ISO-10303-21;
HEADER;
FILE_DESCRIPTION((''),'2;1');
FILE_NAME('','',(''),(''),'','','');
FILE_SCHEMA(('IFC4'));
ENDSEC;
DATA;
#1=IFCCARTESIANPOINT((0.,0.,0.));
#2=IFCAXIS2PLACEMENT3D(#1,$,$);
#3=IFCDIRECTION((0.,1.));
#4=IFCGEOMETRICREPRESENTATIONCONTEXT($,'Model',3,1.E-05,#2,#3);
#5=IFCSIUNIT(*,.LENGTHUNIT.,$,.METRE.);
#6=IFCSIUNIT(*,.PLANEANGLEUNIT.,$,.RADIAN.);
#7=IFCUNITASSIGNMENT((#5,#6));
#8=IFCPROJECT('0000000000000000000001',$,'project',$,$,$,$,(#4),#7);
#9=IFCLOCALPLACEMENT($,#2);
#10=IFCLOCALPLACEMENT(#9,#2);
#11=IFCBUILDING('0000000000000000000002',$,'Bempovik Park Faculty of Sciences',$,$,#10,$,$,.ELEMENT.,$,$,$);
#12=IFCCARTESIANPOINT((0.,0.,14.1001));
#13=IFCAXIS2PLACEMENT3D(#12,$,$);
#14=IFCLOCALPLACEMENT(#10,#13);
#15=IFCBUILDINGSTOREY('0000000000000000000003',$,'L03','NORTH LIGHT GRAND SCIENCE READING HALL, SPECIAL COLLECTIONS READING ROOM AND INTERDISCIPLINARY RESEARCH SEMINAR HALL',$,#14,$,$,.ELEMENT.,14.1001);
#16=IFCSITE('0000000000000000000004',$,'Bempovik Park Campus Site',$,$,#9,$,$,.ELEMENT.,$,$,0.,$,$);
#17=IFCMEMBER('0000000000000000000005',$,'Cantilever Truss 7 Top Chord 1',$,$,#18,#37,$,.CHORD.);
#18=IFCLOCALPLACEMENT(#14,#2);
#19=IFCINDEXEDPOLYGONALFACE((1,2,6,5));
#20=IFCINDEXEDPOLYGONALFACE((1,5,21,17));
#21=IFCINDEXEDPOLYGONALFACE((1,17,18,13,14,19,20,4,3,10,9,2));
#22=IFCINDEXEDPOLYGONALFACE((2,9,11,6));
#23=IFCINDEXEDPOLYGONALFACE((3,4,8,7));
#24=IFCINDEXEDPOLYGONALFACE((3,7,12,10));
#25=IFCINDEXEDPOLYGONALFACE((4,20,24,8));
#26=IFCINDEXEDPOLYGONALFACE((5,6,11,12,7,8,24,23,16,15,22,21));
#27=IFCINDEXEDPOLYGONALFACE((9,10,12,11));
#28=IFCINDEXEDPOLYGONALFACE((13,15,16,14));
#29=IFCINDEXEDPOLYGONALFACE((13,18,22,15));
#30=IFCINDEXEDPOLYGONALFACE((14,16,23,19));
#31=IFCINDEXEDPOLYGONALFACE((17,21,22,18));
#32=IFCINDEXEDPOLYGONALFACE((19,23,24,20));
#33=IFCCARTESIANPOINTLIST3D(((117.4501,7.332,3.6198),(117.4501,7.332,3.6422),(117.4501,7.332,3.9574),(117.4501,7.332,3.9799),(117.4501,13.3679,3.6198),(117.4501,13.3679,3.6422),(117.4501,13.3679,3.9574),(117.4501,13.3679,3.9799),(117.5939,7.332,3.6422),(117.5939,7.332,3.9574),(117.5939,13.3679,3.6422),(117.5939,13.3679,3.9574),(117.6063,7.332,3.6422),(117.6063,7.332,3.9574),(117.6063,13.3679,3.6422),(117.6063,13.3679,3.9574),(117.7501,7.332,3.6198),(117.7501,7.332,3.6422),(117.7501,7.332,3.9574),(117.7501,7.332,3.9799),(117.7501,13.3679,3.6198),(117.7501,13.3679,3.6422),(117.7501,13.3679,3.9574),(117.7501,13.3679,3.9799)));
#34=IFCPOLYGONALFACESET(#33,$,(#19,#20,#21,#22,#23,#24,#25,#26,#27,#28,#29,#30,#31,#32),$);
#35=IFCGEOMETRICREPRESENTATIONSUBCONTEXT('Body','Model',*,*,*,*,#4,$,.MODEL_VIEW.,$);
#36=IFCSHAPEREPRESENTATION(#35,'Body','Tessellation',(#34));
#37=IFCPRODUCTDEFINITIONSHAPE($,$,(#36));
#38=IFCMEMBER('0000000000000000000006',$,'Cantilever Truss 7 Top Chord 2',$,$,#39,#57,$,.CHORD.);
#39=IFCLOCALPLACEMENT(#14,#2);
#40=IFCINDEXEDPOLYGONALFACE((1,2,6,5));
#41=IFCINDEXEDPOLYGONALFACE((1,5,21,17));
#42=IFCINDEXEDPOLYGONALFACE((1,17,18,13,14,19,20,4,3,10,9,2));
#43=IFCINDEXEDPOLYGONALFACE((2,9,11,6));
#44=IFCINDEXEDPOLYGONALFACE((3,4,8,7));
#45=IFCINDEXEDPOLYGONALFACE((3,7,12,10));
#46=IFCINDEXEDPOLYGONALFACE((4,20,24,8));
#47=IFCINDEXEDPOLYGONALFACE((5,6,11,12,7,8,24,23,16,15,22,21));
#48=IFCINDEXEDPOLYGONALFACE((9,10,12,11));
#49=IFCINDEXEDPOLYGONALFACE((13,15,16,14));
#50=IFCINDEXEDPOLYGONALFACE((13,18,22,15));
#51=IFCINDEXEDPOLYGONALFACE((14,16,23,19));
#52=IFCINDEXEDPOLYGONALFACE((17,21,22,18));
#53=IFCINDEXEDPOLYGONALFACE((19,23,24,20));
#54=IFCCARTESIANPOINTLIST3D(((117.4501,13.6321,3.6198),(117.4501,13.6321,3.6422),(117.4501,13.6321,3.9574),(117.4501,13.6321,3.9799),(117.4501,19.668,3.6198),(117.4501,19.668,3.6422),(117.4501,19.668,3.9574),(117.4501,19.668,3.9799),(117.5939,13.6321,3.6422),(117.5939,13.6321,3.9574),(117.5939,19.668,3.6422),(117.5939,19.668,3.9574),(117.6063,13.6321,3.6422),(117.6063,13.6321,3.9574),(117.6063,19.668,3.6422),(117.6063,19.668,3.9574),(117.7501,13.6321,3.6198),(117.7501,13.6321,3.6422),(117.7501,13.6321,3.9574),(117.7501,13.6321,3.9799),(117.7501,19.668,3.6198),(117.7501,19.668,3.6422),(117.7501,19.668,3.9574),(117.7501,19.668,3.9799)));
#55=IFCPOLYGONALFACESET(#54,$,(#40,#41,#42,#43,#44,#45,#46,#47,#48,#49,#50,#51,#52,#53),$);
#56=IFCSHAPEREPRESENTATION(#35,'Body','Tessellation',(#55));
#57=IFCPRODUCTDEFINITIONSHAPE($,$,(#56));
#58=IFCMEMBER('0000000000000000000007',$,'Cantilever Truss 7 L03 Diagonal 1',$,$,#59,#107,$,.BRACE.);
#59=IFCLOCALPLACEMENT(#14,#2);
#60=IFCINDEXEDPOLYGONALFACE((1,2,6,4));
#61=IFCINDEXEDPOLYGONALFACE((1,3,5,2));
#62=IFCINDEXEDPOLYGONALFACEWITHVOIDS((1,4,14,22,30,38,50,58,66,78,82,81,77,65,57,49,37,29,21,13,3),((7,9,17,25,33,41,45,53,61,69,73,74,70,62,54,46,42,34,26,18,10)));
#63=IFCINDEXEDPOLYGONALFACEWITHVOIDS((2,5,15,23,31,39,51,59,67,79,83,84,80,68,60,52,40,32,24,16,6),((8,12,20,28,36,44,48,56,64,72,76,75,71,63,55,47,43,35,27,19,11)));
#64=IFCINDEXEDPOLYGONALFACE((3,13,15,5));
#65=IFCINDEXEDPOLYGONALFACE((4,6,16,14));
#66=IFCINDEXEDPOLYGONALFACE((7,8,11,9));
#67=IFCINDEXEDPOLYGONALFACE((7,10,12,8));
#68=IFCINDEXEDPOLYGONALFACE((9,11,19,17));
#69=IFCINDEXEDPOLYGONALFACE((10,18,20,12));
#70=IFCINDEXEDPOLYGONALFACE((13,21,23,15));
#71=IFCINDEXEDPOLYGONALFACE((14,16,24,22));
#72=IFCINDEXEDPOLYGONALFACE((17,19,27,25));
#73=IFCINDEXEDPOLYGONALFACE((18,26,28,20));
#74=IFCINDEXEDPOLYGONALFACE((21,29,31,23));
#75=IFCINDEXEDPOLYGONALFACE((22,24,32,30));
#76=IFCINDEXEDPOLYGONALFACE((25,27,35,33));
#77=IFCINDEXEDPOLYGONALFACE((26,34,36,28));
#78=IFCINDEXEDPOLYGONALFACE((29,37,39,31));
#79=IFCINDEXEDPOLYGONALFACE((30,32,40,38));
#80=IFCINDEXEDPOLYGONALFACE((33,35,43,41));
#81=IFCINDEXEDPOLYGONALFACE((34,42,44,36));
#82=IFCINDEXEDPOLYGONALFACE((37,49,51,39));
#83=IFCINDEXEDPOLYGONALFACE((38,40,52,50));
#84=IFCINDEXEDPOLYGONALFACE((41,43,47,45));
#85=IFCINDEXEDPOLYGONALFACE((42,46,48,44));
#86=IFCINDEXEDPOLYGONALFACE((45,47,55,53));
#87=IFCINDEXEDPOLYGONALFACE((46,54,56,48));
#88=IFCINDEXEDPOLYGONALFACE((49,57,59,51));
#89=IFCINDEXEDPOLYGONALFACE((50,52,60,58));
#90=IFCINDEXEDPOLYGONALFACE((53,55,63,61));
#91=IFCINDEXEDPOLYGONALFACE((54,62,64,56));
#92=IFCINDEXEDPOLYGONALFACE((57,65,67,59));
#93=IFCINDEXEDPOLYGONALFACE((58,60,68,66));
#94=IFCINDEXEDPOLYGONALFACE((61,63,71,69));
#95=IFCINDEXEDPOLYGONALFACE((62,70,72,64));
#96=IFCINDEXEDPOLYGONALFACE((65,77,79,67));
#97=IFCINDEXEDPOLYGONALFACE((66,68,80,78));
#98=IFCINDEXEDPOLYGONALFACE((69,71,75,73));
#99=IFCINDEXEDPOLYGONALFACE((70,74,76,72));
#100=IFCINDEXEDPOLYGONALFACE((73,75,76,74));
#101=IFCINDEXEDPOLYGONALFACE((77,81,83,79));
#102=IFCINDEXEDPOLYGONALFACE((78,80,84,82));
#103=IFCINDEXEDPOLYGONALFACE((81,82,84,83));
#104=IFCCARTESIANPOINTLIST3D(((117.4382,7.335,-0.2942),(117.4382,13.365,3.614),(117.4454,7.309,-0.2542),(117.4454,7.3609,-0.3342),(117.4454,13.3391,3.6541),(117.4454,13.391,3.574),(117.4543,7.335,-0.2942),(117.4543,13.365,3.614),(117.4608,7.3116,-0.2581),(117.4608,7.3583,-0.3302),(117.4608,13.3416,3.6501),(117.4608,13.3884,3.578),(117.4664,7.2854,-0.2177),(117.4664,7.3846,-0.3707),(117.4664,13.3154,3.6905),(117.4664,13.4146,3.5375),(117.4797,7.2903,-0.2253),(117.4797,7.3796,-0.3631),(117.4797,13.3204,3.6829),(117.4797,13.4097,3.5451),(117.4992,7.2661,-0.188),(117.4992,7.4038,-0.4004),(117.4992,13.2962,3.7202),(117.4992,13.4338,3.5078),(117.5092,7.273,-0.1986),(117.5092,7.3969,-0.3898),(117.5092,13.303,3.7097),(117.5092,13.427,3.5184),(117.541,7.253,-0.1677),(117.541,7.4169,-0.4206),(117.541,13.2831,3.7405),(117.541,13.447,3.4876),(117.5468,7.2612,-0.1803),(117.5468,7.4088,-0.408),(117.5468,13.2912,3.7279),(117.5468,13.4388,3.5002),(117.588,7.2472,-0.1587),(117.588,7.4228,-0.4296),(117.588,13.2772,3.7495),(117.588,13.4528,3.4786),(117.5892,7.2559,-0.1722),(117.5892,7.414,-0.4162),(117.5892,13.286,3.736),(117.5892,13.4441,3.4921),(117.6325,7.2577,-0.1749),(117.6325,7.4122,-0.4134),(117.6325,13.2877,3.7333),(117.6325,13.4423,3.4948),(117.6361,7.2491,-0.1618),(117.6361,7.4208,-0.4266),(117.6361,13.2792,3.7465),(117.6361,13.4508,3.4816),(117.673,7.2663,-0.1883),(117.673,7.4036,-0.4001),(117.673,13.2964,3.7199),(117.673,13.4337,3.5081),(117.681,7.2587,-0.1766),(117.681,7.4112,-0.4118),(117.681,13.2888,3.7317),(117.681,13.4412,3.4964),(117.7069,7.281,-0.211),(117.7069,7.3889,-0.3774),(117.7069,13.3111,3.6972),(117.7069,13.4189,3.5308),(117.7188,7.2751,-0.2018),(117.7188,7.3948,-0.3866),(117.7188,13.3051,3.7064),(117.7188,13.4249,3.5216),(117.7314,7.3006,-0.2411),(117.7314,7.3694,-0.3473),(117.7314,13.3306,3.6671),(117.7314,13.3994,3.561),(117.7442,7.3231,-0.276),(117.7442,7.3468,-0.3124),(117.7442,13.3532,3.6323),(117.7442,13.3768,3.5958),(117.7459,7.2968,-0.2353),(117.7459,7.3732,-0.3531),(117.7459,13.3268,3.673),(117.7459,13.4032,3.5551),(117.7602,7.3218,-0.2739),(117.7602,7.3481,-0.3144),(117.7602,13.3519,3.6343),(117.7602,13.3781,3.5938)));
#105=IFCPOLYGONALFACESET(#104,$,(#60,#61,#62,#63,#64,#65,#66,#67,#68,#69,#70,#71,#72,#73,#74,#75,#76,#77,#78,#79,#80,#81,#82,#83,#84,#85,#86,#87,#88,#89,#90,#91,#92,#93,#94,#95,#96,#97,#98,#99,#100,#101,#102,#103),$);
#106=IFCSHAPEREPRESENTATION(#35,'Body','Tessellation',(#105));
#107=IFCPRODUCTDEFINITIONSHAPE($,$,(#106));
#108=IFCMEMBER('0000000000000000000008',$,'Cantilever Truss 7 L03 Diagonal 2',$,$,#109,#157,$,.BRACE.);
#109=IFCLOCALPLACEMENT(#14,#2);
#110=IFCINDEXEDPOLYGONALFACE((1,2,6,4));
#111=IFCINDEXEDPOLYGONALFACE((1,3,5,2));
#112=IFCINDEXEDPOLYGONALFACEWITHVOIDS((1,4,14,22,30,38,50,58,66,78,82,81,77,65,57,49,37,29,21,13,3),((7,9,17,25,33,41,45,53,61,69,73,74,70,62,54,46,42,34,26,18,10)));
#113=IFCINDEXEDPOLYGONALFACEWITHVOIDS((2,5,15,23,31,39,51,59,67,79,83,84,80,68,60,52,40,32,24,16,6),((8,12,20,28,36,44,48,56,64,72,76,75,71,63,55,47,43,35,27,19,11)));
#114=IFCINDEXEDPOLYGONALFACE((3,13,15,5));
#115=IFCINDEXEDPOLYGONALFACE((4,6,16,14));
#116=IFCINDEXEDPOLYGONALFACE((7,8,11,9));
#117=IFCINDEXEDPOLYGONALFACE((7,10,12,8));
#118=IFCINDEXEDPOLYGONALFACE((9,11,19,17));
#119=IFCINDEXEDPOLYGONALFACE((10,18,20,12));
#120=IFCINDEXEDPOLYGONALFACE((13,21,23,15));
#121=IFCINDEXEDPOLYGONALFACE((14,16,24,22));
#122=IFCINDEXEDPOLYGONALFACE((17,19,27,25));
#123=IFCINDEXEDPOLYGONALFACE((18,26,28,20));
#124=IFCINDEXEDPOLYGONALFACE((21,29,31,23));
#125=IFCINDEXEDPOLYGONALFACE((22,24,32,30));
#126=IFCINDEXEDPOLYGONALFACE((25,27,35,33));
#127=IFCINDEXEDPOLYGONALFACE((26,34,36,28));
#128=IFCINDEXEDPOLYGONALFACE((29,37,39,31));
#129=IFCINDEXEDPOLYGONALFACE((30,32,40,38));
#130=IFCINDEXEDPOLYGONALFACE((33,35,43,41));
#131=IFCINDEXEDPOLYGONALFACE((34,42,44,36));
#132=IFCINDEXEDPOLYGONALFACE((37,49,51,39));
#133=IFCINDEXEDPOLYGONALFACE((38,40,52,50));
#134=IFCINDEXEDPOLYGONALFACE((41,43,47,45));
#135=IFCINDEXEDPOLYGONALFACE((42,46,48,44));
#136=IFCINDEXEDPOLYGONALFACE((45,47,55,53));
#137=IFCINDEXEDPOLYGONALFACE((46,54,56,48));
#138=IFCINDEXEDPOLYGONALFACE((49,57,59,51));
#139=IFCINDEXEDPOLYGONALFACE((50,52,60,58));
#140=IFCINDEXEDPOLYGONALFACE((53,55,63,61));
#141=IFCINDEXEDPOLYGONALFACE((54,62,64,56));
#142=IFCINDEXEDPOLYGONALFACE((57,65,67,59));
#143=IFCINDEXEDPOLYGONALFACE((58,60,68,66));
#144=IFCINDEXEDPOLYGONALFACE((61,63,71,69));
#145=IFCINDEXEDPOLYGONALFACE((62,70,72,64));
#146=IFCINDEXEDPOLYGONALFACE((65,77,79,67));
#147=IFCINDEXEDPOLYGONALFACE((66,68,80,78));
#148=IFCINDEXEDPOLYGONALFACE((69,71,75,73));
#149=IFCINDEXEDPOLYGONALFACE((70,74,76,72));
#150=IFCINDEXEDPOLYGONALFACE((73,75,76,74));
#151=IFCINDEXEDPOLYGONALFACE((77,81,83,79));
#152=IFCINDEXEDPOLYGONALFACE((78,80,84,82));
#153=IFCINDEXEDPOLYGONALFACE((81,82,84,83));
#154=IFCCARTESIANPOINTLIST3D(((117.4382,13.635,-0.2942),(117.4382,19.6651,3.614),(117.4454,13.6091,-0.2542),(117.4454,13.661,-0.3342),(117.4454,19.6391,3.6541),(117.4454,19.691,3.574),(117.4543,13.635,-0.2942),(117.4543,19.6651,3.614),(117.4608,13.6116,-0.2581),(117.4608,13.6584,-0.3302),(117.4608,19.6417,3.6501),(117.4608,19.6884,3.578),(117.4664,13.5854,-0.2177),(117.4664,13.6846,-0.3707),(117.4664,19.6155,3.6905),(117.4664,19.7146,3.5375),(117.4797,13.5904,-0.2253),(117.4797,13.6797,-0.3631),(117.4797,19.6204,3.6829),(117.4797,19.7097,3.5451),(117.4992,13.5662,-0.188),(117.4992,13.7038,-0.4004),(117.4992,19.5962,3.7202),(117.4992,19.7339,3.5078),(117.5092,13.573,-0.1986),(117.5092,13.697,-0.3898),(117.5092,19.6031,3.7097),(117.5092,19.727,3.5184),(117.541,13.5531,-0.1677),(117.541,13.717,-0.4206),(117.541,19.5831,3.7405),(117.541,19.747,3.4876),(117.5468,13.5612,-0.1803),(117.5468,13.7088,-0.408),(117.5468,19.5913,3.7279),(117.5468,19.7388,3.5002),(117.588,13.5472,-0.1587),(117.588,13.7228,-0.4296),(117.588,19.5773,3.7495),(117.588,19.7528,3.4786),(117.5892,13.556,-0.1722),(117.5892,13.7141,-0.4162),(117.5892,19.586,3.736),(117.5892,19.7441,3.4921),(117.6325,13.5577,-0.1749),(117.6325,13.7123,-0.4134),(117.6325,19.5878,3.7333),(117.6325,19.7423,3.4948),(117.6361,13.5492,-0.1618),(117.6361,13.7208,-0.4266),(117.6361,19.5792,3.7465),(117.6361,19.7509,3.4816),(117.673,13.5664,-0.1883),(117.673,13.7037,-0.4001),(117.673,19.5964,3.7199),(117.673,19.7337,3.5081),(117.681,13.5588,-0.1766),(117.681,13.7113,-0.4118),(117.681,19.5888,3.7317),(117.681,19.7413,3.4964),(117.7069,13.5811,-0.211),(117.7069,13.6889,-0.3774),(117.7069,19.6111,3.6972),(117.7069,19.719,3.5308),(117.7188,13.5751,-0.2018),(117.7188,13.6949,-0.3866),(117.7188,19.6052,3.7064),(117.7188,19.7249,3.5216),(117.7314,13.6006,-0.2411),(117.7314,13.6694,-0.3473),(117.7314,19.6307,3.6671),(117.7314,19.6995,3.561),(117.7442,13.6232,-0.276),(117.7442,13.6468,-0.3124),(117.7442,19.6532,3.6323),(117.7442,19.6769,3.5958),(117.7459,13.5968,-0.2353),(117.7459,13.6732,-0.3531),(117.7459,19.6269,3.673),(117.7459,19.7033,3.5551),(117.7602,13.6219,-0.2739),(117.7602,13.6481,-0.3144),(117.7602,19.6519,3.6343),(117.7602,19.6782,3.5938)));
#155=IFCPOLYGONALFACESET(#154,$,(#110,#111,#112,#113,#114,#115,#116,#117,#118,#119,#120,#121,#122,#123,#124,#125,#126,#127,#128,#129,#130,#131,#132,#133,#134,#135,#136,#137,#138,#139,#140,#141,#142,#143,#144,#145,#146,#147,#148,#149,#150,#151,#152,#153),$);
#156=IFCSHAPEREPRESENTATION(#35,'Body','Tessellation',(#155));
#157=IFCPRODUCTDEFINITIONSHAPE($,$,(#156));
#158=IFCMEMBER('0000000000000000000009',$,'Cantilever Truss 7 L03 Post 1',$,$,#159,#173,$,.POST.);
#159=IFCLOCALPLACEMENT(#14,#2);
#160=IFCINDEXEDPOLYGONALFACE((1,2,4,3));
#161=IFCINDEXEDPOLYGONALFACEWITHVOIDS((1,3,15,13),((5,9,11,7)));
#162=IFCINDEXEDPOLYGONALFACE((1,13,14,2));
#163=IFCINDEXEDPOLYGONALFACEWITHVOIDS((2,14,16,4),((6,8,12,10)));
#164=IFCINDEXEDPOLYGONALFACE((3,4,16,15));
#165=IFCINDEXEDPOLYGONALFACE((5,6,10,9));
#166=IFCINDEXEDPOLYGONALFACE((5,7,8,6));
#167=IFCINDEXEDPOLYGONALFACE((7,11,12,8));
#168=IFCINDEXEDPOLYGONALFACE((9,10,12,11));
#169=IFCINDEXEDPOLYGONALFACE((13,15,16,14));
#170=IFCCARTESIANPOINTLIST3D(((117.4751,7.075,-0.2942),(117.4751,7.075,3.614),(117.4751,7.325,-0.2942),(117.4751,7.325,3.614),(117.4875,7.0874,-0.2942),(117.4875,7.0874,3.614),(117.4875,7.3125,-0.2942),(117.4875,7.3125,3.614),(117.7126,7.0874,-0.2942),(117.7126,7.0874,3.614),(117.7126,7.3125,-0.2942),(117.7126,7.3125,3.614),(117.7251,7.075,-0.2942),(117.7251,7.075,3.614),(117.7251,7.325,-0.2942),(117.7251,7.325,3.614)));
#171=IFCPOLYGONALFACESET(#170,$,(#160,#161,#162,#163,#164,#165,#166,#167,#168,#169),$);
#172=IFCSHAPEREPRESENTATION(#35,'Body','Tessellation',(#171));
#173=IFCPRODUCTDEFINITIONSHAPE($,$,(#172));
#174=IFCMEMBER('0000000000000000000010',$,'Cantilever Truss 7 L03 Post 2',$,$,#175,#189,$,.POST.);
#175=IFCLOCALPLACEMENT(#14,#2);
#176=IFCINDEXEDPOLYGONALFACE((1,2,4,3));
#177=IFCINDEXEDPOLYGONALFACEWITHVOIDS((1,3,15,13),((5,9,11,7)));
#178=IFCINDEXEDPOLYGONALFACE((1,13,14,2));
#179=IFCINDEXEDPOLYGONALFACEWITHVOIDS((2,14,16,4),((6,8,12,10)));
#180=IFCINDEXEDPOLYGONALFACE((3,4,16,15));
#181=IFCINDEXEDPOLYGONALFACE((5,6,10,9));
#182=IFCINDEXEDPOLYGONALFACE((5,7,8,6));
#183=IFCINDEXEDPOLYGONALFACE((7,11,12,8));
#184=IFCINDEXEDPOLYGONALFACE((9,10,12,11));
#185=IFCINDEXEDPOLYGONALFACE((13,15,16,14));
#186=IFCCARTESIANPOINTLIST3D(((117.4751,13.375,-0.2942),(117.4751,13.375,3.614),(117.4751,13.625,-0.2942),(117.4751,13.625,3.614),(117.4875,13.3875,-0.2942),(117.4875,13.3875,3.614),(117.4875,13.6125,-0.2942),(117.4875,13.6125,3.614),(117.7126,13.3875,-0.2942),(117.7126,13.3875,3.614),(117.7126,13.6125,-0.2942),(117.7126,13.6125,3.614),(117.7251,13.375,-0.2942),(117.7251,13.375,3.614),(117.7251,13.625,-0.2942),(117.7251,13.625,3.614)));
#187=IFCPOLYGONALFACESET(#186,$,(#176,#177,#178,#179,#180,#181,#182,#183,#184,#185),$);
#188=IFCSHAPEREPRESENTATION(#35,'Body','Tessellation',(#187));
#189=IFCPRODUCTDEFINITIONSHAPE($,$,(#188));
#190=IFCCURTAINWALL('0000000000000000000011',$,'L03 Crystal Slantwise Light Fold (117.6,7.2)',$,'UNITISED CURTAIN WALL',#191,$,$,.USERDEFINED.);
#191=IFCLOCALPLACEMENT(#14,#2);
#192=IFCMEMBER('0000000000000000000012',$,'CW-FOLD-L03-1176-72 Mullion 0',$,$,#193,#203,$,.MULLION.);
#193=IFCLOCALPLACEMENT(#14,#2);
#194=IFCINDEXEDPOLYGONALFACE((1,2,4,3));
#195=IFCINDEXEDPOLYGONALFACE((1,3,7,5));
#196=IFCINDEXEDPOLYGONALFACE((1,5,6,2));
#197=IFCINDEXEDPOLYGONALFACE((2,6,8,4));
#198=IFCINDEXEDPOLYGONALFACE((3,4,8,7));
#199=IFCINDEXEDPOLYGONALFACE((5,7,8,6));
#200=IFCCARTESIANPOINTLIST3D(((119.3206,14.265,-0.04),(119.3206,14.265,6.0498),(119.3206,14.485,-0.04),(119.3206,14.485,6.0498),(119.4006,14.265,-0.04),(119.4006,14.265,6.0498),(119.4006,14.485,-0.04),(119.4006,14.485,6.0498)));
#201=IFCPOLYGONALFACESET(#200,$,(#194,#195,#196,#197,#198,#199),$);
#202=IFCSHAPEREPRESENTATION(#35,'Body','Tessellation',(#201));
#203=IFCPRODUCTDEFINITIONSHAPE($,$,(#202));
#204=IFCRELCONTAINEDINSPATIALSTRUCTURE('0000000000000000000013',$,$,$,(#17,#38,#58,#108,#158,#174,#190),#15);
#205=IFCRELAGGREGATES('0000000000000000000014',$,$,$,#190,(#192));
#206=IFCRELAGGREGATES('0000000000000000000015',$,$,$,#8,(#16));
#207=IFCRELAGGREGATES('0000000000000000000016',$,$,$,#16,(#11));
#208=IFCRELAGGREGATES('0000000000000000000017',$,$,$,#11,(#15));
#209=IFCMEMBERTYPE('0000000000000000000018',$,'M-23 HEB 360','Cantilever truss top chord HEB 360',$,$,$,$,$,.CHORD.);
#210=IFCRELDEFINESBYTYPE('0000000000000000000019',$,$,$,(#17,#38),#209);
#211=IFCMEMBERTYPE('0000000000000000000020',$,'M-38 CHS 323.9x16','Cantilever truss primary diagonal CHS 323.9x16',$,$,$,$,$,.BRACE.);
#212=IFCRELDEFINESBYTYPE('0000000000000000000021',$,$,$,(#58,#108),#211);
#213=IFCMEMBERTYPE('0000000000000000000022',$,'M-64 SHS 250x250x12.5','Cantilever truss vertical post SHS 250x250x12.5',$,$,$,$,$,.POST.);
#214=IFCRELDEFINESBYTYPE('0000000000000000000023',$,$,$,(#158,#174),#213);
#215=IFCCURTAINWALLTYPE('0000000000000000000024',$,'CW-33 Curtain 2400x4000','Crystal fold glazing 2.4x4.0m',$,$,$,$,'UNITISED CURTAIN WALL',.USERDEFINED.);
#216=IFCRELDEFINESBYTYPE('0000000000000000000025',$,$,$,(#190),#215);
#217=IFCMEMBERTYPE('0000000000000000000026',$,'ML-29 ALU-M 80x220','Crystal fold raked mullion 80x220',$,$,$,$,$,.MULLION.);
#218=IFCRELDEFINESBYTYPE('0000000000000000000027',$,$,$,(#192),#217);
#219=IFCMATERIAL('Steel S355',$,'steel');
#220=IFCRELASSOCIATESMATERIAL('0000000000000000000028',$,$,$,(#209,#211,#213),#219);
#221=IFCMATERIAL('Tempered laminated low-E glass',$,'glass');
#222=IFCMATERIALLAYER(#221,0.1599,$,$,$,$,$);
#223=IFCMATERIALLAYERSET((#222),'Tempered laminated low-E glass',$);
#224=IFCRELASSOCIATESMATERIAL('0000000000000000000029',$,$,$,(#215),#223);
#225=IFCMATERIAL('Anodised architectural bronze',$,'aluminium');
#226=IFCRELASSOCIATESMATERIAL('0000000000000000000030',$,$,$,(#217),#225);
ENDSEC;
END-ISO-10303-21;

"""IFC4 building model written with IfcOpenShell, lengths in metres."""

from ifc_helpers import new_model, si_unit, direction, frame, origin, origin_2d, place, context, subcontext, project, spatial, rectangle, hollow_rectangle, hollow_circle, i_section, extrude, material, layer, layer_set, material_profile, profile_set, type_object, element, aggregate, save


model = new_model("IFC4")

# Units and contexts
model_context = context("Model", 3, precision=1e-05, world=origin(), true_north=direction((0.0, 1.0)))
body_context = subcontext(model_context, "Body", "Model", "MODEL_VIEW")
ifc_project = project(units=[si_unit("LENGTHUNIT", "METRE"), si_unit("PLANEANGLEUNIT", "RADIAN")], contexts=[model_context])

# Site, building, storey
site_placement = place(None, origin())
site = spatial("IfcSite", under=ifc_project, at=site_placement, Name="Bempovik Park Campus Site", CompositionType="ELEMENT", RefElevation=0.0)
building_placement = place(site_placement, origin())
building = spatial("IfcBuilding", under=site, at=building_placement, Name="Bempovik Park Faculty of Sciences", CompositionType="ELEMENT")
storey_placement = place(building_placement, frame((0.0, 0.0, 14.1001)))
storey = spatial("IfcBuildingStorey", under=building, at=storey_placement, Name="L03", Description="NORTH LIGHT GRAND SCIENCE READING HALL, SPECIAL COLLECTIONS READING ROOM AND INTERDISCIPLINARY RESEARCH SEMINAR HALL", CompositionType="ELEMENT", Elevation=14.1001)

# Members
ifc_material_1 = material(Name="Steel S355", Category="steel")
ifc_material_profile_1 = material_profile(ifc_material_1, i_section(OverallWidth=0.3, OverallDepth=0.3601, WebThickness=0.0125, FlangeThickness=0.0225, at=origin_2d()), Name="HEB 360")
ifc_profile_set_1 = profile_set([ifc_material_profile_1], Name="Steel S355")
member_type_1 = type_object("IfcMemberType", Name="M-23 HEB 360", Description="Cantilever truss top chord HEB 360", PredefinedType="CHORD", material=ifc_profile_set_1)
for number, where, z_axis, x_axis, name in (
    (1, (117.6001, 7.332, 3.7998), (0.0, 1.0, 0.0), (-1.0, 0.0, 0.0), "Cantilever Truss 7 Top Chord 1"),
    (2, (117.6001, 13.6321, 3.7998), (0.0, 1.0, 0.0), (-1.0, 0.0, 0.0), "Cantilever Truss 7 Top Chord 2"),
):
    element("IfcMember", number, at=place(storey_placement, frame(where, z_axis=z_axis, x_axis=x_axis)), inside=storey, type_object=member_type_1, Name=name, PredefinedType="CHORD", context=body_context, shape_type="SweptSolid", body=[
        extrude(i_section(OverallWidth=0.3, OverallDepth=0.3601, WebThickness=0.0125, FlangeThickness=0.0225, at=origin_2d()), origin(), (0.0, 0.0, 1.0), 6.0359),
    ])
ifc_material_profile_2 = material_profile(ifc_material_1, hollow_circle(Radius=0.1619, WallThickness=0.0161, at=origin_2d()), Name="CHS 323.9x16")
ifc_profile_set_2 = profile_set([ifc_material_profile_2], Name="Steel S355")
member_type_2 = type_object("IfcMemberType", Name="M-38 CHS 323.9x16", Description="Cantilever truss primary diagonal CHS 323.9x16", PredefinedType="BRACE", material=ifc_profile_set_2)
for number, where, z_axis, x_axis, name in (
    (3, (117.6001, 7.335, -0.2942), (0.0, 0.839162, 0.543881), (-1.0, 0.0, 0.0), "Cantilever Truss 7 L03 Diagonal 1"),
    (4, (117.6001, 13.635, -0.2942), (0.0, 0.839162, 0.543881), (-1.0, 0.0, 0.0), "Cantilever Truss 7 L03 Diagonal 2"),
):
    element("IfcMember", number, at=place(storey_placement, frame(where, z_axis=z_axis, x_axis=x_axis)), inside=storey, type_object=member_type_2, Name=name, PredefinedType="BRACE", context=body_context, shape_type="SweptSolid", body=[
        extrude(hollow_circle(Radius=0.1619, WallThickness=0.0161, at=origin_2d()), origin(), (0.0, 0.0, 1.0), 7.1858),
    ])
ifc_material_profile_3 = material_profile(ifc_material_1, hollow_rectangle(XDim=0.25, YDim=0.25, WallThickness=0.0125, at=origin_2d()), Name="SHS 250x250x12.5")
ifc_profile_set_3 = profile_set([ifc_material_profile_3], Name="Steel S355")
member_type_3 = type_object("IfcMemberType", Name="M-64 SHS 250x250x12.5", Description="Cantilever truss vertical post SHS 250x250x12.5", PredefinedType="POST", material=ifc_profile_set_3)
for number, where, z_axis, x_axis, name in (
    (5, (117.6001, 7.2, -0.2942), (0.0, 0.0, 1.0), (1.0, 0.0, 0.0), "Cantilever Truss 7 L03 Post 1"),
    (6, (117.6001, 13.5, -0.2942), (0.0, 0.0, 1.0), (1.0, 0.0, 0.0), "Cantilever Truss 7 L03 Post 2"),
):
    element("IfcMember", number, at=place(storey_placement, frame(where, z_axis=z_axis, x_axis=x_axis)), inside=storey, type_object=member_type_3, Name=name, PredefinedType="POST", context=body_context, shape_type="SweptSolid", body=[
        extrude(hollow_rectangle(XDim=0.25, YDim=0.25, WallThickness=0.0125, at=origin_2d()), origin(), (0.0, 0.0, 1.0), 3.9082),
    ])

# Curtain wall, member
ifc_material_2 = material(Name="Tempered laminated low-E glass", Category="glass")
ifc_layer_1 = layer(ifc_material_2, 0.1599)
ifc_layer_set_1 = layer_set([ifc_layer_1], Name="Tempered laminated low-E glass")
curtain_wall_type = type_object("IfcCurtainWallType", Name="CW-33 Curtain 2400x4000", Description="Crystal fold glazing 2.4x4.0m", ElementType="UNITISED CURTAIN WALL", PredefinedType="USERDEFINED", material=ifc_layer_set_1)
curtain_wall_1_placement = place(storey_placement, origin())
curtain_wall_1 = element("IfcCurtainWall", 7, at=curtain_wall_1_placement, inside=storey, type_object=curtain_wall_type, Name="L03 Crystal Slantwise Light Fold (117.6,7.2)", ObjectType="UNITISED CURTAIN WALL", PredefinedType="USERDEFINED")
ifc_material_3 = material(Name="Anodised architectural bronze", Category="aluminium")
ifc_material_profile_4 = material_profile(ifc_material_3, rectangle(XDim=0.0801, YDim=0.22, at=origin_2d()), Name="ALU-M 80x220")
ifc_profile_set_4 = profile_set([ifc_material_profile_4], Name="Anodised architectural bronze")
member_type_4 = type_object("IfcMemberType", Name="ML-29 ALU-M 80x220", Description="Crystal fold raked mullion 80x220", PredefinedType="MULLION", material=ifc_profile_set_4)
member_1_placement = place(storey_placement, frame((119.3606, 14.375, -0.04), z_axis=(0.0, 0.0, 1.0), x_axis=(1.0, 0.0, 0.0)))
member_1 = element("IfcMember", 8, at=member_1_placement, type_object=member_type_4, Name="CW-FOLD-L03-1176-72 Mullion 0", PredefinedType="MULLION", context=body_context, shape_type="SweptSolid", body=[
    extrude(rectangle(XDim=0.0801, YDim=0.22, at=origin_2d()), origin(), (0.0, 0.0, 1.0), 6.0898),
])

aggregate(curtain_wall_1, [member_1])

save(model, "model.ifc")
